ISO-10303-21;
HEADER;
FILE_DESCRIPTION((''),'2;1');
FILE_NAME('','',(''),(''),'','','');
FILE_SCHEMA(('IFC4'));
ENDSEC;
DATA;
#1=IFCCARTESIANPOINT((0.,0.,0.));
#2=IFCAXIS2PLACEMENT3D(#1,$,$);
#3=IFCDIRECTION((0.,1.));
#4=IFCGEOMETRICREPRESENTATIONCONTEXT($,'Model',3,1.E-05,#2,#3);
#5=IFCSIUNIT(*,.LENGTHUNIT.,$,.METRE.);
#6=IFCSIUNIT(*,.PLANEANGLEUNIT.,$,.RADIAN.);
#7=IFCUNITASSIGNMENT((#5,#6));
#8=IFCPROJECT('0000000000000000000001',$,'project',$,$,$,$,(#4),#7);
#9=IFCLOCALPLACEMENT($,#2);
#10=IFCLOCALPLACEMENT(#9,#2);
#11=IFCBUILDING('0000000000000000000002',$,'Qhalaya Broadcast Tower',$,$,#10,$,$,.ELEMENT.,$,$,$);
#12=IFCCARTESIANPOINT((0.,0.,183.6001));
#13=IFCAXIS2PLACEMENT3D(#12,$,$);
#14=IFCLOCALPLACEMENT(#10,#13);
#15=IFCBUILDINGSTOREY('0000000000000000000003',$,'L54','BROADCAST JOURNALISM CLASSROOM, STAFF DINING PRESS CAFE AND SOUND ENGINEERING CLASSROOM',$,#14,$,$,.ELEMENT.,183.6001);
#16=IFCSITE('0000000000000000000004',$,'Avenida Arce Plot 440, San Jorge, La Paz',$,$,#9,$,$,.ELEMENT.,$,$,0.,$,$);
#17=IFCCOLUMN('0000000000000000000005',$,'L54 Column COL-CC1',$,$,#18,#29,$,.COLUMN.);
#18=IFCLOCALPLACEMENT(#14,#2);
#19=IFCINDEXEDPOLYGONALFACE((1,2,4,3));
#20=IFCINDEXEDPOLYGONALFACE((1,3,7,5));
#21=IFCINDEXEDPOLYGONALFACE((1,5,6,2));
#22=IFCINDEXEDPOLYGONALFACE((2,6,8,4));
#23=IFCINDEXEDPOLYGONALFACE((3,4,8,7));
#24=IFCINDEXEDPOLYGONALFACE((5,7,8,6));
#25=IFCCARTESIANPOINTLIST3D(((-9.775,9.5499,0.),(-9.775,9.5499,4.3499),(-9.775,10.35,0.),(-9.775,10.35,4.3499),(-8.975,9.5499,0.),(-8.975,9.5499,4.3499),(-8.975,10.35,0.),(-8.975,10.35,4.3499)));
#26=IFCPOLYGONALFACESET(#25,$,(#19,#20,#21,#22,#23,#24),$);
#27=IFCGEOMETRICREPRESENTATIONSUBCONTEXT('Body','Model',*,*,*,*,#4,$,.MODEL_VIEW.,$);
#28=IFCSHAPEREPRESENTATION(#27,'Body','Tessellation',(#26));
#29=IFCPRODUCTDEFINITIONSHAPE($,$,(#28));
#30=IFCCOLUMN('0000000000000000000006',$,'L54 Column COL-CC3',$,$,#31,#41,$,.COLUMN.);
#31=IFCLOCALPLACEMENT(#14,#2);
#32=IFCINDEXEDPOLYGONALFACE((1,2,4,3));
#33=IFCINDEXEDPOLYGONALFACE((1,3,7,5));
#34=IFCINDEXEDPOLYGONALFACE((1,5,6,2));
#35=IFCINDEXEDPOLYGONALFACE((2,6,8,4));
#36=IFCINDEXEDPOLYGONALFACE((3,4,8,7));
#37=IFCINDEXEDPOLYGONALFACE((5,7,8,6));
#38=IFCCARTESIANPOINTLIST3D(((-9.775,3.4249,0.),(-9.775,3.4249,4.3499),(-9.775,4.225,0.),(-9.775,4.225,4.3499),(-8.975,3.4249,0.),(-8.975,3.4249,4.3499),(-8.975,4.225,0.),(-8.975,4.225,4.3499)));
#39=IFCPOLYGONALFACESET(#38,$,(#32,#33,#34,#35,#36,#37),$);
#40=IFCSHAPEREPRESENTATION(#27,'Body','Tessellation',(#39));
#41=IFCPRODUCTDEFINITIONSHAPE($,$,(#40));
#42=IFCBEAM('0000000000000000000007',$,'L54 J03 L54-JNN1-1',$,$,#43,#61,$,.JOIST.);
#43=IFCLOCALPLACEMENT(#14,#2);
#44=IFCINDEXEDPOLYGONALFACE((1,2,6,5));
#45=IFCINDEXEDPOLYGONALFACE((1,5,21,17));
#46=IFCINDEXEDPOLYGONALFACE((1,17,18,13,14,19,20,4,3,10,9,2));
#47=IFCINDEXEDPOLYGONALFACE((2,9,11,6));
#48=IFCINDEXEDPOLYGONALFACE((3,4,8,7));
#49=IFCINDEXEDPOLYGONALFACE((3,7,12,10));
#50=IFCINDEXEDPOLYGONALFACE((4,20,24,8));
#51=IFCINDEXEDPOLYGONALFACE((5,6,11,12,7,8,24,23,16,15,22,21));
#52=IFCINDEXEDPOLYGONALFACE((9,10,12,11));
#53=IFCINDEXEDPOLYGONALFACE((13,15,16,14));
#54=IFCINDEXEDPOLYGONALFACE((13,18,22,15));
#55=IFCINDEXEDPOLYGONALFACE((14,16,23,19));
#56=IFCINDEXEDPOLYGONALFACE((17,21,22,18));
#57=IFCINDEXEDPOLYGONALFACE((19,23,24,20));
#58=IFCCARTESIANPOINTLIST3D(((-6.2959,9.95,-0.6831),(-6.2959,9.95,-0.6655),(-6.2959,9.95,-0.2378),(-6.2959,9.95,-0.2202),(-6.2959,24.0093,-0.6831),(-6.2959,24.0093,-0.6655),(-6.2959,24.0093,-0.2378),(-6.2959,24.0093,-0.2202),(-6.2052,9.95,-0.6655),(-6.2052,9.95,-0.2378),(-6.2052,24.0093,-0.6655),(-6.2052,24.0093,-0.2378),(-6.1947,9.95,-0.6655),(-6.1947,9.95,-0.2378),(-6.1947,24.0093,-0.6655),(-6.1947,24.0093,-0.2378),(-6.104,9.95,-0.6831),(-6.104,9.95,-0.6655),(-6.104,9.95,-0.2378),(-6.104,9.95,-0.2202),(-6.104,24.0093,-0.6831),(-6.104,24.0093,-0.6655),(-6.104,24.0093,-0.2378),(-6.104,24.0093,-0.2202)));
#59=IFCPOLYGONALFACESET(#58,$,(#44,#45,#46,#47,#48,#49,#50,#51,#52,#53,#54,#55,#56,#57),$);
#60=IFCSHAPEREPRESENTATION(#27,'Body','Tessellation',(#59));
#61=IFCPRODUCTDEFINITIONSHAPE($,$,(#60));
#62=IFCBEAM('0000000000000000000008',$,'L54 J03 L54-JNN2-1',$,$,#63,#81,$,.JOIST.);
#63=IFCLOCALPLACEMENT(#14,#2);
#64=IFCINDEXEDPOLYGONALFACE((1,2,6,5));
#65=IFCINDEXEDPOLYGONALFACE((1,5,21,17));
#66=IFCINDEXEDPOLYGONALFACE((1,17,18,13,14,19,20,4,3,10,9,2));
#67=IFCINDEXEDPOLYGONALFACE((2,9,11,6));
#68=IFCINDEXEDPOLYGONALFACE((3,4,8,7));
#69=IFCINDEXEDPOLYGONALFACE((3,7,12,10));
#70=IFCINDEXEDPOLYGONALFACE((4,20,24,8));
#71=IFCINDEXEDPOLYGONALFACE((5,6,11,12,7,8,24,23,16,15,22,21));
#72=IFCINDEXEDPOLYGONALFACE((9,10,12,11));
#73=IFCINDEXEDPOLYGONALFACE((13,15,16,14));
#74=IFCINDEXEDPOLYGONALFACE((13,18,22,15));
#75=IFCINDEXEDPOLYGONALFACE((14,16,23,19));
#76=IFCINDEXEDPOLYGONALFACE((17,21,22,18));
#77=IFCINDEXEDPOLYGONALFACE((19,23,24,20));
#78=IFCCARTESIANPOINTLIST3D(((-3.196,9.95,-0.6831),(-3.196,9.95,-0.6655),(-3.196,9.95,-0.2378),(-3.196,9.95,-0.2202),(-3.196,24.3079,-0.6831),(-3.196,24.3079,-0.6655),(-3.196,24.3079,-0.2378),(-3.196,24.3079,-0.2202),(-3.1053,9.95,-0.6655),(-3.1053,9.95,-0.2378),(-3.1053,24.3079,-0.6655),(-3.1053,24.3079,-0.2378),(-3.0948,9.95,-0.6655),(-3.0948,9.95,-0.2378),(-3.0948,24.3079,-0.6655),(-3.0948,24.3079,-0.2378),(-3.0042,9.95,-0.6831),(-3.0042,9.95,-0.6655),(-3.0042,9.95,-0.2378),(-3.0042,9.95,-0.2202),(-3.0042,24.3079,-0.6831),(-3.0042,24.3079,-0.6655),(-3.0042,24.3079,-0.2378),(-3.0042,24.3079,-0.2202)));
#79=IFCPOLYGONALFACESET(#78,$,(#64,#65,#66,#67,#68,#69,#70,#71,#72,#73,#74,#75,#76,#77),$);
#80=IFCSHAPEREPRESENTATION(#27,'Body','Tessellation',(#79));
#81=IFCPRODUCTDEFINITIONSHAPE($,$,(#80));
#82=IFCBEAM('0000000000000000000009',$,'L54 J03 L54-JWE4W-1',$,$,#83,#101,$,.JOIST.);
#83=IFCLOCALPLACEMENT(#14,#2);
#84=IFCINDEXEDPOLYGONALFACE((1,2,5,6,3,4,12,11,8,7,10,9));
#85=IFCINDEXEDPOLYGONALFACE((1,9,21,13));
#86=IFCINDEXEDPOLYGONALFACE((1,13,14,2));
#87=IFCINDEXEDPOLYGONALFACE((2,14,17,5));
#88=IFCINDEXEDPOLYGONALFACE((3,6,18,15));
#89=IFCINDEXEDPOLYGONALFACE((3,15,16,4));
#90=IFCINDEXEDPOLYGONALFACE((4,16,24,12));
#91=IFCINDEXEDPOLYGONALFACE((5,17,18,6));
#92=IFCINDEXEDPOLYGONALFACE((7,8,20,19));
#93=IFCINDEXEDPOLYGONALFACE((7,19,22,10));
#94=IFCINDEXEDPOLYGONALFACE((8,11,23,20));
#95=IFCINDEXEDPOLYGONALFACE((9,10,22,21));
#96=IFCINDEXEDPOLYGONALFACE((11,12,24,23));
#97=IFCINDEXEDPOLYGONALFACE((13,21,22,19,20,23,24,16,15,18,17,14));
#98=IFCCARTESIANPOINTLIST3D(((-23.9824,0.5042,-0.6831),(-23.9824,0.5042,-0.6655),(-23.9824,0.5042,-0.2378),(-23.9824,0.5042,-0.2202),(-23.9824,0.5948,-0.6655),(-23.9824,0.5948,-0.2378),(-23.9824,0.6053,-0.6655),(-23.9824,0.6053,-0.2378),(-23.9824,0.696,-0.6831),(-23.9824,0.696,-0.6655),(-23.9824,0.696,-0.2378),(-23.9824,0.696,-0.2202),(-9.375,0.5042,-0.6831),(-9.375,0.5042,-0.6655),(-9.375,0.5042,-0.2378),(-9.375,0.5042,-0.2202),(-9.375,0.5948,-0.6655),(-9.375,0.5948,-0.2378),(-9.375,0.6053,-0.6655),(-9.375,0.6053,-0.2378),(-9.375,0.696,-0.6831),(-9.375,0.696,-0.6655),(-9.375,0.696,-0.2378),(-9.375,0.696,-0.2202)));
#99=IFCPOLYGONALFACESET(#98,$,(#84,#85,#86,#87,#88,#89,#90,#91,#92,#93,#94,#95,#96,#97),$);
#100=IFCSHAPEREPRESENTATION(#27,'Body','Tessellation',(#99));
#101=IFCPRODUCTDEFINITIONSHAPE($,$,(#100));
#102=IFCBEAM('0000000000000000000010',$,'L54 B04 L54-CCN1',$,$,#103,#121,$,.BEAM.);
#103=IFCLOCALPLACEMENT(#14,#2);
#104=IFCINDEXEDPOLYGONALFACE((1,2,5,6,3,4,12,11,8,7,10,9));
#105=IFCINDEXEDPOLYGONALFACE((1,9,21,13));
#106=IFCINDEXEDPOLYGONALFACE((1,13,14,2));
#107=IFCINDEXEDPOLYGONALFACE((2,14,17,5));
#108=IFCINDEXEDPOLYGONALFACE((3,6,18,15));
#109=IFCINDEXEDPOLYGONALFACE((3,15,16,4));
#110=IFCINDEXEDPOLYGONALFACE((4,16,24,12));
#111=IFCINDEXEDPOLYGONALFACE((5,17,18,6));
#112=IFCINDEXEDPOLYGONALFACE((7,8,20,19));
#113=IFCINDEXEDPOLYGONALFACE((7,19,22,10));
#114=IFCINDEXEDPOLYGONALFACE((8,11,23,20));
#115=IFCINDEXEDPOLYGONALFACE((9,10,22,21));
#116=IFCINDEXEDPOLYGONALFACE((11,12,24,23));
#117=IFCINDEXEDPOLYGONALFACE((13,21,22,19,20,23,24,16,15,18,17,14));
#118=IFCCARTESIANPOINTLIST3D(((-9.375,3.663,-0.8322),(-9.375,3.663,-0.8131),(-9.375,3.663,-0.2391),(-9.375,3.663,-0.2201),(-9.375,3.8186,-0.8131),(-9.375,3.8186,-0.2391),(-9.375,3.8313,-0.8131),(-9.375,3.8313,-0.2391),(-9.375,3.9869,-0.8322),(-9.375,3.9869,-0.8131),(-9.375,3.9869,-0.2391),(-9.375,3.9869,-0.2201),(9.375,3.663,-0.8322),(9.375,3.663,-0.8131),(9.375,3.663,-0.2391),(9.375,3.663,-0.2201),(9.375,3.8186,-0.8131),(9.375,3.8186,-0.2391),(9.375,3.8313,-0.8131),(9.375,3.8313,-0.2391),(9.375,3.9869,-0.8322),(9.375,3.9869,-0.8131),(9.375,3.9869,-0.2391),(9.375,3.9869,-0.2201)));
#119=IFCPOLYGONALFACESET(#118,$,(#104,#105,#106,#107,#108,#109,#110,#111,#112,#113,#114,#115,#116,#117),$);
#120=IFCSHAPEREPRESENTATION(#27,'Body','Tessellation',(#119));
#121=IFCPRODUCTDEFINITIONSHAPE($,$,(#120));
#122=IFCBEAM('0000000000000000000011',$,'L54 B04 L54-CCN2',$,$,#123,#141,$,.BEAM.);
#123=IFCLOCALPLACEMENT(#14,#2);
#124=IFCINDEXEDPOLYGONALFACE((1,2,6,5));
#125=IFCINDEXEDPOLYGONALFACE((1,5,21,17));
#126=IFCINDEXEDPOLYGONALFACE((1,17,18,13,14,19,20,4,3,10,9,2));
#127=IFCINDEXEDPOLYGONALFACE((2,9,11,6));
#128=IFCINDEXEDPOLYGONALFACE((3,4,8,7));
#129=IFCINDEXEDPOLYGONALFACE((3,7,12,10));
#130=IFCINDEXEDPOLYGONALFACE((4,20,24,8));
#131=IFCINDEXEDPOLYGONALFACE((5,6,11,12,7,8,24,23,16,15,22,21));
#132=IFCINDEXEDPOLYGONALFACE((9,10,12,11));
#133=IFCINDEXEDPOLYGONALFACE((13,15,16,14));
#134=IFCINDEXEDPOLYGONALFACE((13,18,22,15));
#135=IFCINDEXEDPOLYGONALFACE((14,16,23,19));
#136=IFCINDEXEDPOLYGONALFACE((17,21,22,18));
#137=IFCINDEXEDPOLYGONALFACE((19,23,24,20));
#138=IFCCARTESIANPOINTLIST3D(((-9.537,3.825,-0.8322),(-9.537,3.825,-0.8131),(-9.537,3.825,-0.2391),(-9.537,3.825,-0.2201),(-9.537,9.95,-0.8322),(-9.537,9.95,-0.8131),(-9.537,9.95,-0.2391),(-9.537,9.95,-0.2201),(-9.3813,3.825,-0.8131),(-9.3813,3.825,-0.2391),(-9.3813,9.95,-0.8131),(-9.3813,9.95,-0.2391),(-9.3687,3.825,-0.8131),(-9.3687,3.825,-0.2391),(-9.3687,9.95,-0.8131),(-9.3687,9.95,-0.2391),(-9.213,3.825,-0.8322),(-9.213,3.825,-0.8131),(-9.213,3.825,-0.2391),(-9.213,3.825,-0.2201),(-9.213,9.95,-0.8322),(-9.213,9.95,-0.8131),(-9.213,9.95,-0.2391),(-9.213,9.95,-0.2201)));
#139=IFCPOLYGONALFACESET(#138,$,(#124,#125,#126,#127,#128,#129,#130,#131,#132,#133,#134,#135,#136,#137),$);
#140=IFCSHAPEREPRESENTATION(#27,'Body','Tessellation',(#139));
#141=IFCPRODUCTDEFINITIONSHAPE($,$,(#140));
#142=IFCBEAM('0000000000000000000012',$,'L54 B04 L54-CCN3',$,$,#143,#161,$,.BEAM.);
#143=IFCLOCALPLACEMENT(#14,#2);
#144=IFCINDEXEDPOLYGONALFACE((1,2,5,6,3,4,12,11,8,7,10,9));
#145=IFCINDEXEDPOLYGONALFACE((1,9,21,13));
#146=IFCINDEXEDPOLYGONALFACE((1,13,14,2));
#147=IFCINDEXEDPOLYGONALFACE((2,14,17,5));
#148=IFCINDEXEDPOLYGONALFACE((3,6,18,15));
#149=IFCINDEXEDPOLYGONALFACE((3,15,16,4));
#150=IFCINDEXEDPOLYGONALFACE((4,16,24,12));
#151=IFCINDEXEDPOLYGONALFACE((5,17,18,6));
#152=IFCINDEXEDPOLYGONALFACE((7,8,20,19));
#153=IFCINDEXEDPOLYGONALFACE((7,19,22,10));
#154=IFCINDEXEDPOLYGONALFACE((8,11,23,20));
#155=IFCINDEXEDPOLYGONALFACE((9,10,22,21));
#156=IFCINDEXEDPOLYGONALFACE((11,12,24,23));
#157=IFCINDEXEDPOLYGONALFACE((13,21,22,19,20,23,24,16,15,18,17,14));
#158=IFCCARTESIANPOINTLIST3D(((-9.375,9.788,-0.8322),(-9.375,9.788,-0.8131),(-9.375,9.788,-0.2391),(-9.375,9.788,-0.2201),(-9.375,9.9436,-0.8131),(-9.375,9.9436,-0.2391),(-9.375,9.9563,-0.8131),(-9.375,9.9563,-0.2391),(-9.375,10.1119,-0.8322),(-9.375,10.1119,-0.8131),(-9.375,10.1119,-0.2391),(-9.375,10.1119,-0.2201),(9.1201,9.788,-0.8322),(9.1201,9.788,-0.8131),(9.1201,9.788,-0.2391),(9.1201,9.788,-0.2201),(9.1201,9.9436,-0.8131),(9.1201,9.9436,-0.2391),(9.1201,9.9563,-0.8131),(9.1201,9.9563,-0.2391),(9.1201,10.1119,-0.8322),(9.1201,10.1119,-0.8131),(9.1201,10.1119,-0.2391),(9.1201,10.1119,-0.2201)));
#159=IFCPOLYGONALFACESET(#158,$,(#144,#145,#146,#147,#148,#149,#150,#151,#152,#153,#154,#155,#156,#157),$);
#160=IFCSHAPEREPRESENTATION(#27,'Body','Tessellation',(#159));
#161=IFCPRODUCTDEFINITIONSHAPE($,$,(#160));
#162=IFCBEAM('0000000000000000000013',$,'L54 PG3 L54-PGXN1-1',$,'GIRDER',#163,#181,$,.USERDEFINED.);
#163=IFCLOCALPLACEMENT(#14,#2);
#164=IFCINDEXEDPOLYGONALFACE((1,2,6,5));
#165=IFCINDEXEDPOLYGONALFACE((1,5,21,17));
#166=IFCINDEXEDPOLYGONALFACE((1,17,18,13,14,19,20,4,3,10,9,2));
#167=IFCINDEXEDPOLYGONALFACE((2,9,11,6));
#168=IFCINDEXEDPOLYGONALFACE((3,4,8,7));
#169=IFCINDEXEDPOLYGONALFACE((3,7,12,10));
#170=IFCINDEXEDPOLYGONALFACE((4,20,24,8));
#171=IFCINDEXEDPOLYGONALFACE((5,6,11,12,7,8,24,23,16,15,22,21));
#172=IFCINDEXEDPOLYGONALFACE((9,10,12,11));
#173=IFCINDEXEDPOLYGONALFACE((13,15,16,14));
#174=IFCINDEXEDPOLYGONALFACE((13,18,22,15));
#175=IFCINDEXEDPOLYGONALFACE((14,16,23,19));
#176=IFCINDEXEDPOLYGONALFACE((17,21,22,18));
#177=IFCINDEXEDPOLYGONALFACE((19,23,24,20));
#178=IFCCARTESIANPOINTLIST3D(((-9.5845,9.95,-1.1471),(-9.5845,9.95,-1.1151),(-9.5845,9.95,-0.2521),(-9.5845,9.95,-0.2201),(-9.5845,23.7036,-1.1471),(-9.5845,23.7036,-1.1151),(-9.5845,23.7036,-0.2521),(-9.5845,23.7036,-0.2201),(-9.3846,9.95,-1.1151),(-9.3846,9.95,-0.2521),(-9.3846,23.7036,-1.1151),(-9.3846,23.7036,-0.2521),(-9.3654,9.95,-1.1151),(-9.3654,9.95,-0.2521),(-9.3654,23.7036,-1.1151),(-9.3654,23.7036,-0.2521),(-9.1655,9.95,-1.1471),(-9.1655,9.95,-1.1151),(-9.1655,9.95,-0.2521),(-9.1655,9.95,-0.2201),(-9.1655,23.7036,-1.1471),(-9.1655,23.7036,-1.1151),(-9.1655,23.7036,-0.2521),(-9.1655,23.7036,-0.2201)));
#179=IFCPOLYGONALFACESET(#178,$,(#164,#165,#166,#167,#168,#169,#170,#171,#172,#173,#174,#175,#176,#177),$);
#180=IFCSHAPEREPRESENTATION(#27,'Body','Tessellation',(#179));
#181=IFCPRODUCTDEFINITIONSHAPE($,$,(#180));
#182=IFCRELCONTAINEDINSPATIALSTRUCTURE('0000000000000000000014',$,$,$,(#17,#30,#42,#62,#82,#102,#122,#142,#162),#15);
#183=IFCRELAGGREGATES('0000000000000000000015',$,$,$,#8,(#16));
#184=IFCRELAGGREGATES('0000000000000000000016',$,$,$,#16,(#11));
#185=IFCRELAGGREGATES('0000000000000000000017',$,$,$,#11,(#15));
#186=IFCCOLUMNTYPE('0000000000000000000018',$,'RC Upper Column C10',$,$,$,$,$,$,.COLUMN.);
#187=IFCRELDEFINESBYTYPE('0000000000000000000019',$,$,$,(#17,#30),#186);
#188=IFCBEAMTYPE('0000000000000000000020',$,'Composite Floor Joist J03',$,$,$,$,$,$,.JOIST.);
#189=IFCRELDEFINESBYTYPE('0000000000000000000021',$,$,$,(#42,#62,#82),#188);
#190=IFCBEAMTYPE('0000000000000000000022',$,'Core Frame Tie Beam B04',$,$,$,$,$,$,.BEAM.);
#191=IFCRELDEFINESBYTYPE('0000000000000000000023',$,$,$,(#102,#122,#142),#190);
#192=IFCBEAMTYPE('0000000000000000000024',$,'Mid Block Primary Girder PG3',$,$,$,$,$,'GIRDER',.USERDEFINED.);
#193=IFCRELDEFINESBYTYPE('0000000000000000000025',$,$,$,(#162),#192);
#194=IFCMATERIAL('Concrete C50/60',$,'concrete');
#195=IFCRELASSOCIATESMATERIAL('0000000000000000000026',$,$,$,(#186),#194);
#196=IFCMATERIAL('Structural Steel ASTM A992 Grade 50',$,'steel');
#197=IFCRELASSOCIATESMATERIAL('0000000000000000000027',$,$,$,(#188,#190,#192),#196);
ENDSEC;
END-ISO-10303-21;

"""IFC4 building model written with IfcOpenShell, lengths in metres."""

from ifc_helpers import new_model, si_unit, direction, frame, origin, origin_2d, place, context, subcontext, project, spatial, rectangle, i_section, extrude, material, material_profile, profile_set, type_object, element, save


model = new_model("IFC4")

# Units and contexts
model_context = context("Model", 3, precision=1e-05, world=origin(), true_north=direction((0.0, 1.0)))
body_context = subcontext(model_context, "Body", "Model", "MODEL_VIEW")
ifc_project = project(units=[si_unit("LENGTHUNIT", "METRE"), si_unit("PLANEANGLEUNIT", "RADIAN")], contexts=[model_context])

# Site, building, storey
site_placement = place(None, origin())
site = spatial("IfcSite", under=ifc_project, at=site_placement, Name="Avenida Arce Plot 440, San Jorge, La Paz", CompositionType="ELEMENT", RefElevation=0.0)
building_placement = place(site_placement, origin())
building = spatial("IfcBuilding", under=site, at=building_placement, Name="Qhalaya Broadcast Tower", CompositionType="ELEMENT")
storey_placement = place(building_placement, frame((0.0, 0.0, 183.6001)))
storey = spatial("IfcBuildingStorey", under=building, at=storey_placement, Name="L54", Description="BROADCAST JOURNALISM CLASSROOM, STAFF DINING PRESS CAFE AND SOUND ENGINEERING CLASSROOM", CompositionType="ELEMENT", Elevation=183.6001)

# Columns
ifc_material_1 = material(Name="Concrete C50/60", Category="concrete")
ifc_material_profile_1 = material_profile(ifc_material_1, rectangle(XDim=0.8, YDim=0.8, at=origin_2d()), Name="RC-COL 800x800")
ifc_profile_set_1 = profile_set([ifc_material_profile_1], Name="Concrete C50/60")
column_type = type_object("IfcColumnType", Name="RC Upper Column C10", PredefinedType="COLUMN", material=ifc_profile_set_1)
for number, where, z_axis, x_axis, name in (
    (1, (-9.375, 9.95, 0.0), (0.0, 0.0, 1.0), (1.0, 0.0, 0.0), "L54 Column COL-CC1"),
    (2, (-9.375, 3.825, 0.0), (0.0, 0.0, 1.0), (1.0, 0.0, 0.0), "L54 Column COL-CC3"),
):
    element("IfcColumn", number, at=place(storey_placement, frame(where, z_axis=z_axis, x_axis=x_axis)), inside=storey, type_object=column_type, Name=name, PredefinedType="COLUMN", context=body_context, shape_type="SweptSolid", body=[
        extrude(rectangle(XDim=0.8, YDim=0.8, at=origin_2d()), origin(), (0.0, 0.0, 1.0), 4.3499),
    ])

# Beams
ifc_material_2 = material(Name="Structural Steel ASTM A992 Grade 50", Category="steel")
ifc_material_profile_2 = material_profile(ifc_material_2, i_section(OverallWidth=0.1919, OverallDepth=0.4629, WebThickness=0.0105, FlangeThickness=0.0176, at=origin_2d()), Name="W18X60")
ifc_profile_set_2 = profile_set([ifc_material_profile_2], Name="Structural Steel ASTM A992 Grade 50")
beam_type_1 = type_object("IfcBeamType", Name="Composite Floor Joist J03", PredefinedType="JOIST", material=ifc_profile_set_2)
beam_1_placement = place(storey_placement, frame((-6.2, 9.95, -0.4517), z_axis=(0.0, 1.0, 0.0), x_axis=(-1.0, 0.0, 0.0)))
element("IfcBeam", 3, at=beam_1_placement, inside=storey, type_object=beam_type_1, Name="L54 J03 L54-JNN1-1", PredefinedType="JOIST", context=body_context, shape_type="SweptSolid", body=[
    extrude(i_section(OverallWidth=0.1919, OverallDepth=0.4629, WebThickness=0.0105, FlangeThickness=0.0176, at=origin_2d()), origin(), (0.0, 0.0, 1.0), 14.0593),
])
beam_2_placement = place(storey_placement, frame((-3.1001, 9.95, -0.4517), z_axis=(0.0, 1.0, 0.0), x_axis=(-1.0, 0.0, 0.0)))
element("IfcBeam", 4, at=beam_2_placement, inside=storey, type_object=beam_type_1, Name="L54 J03 L54-JNN2-1", PredefinedType="JOIST", context=body_context, shape_type="SweptSolid", body=[
    extrude(i_section(OverallWidth=0.1919, OverallDepth=0.4629, WebThickness=0.0105, FlangeThickness=0.0176, at=origin_2d()), origin(), (0.0, 0.0, 1.0), 14.3579),
])
beam_3_placement = place(storey_placement, frame((-23.9824, 0.6001, -0.4517), z_axis=(1.0, 0.0, 0.0), x_axis=(0.0, 1.0, 0.0)))
element("IfcBeam", 5, at=beam_3_placement, inside=storey, type_object=beam_type_1, Name="L54 J03 L54-JWE4W-1", PredefinedType="JOIST", context=body_context, shape_type="SweptSolid", body=[
    extrude(i_section(OverallWidth=0.1919, OverallDepth=0.4629, WebThickness=0.0105, FlangeThickness=0.0176, at=origin_2d()), origin(), (0.0, 0.0, 1.0), 14.6074),
])
ifc_material_profile_3 = material_profile(ifc_material_2, i_section(OverallWidth=0.324, OverallDepth=0.6121, WebThickness=0.0127, FlangeThickness=0.019, at=origin_2d()), Name="W24X104")
ifc_profile_set_3 = profile_set([ifc_material_profile_3], Name="Structural Steel ASTM A992 Grade 50")
beam_type_2 = type_object("IfcBeamType", Name="Core Frame Tie Beam B04", PredefinedType="BEAM", material=ifc_profile_set_3)
beam_4_placement = place(storey_placement, frame((-9.375, 3.825, -0.5261), z_axis=(1.0, 0.0, 0.0), x_axis=(0.0, 1.0, 0.0)))
element("IfcBeam", 6, at=beam_4_placement, inside=storey, type_object=beam_type_2, Name="L54 B04 L54-CCN1", PredefinedType="BEAM", context=body_context, shape_type="SweptSolid", body=[
    extrude(i_section(OverallWidth=0.324, OverallDepth=0.6121, WebThickness=0.0127, FlangeThickness=0.019, at=origin_2d()), origin(), (0.0, 0.0, 1.0), 18.75),
])
beam_5_placement = place(storey_placement, frame((-9.375, 3.825, -0.5261), z_axis=(0.0, 1.0, 0.0), x_axis=(-1.0, 0.0, 0.0)))
element("IfcBeam", 7, at=beam_5_placement, inside=storey, type_object=beam_type_2, Name="L54 B04 L54-CCN2", PredefinedType="BEAM", context=body_context, shape_type="SweptSolid", body=[
    extrude(i_section(OverallWidth=0.324, OverallDepth=0.6121, WebThickness=0.0127, FlangeThickness=0.019, at=origin_2d()), origin(), (0.0, 0.0, 1.0), 6.125),
])
beam_6_placement = place(storey_placement, frame((-9.375, 9.95, -0.5261), z_axis=(1.0, 0.0, 0.0), x_axis=(0.0, 1.0, 0.0)))
element("IfcBeam", 8, at=beam_6_placement, inside=storey, type_object=beam_type_2, Name="L54 B04 L54-CCN3", PredefinedType="BEAM", context=body_context, shape_type="SweptSolid", body=[
    extrude(i_section(OverallWidth=0.324, OverallDepth=0.6121, WebThickness=0.0127, FlangeThickness=0.019, at=origin_2d()), origin(), (0.0, 0.0, 1.0), 18.4951),
])
ifc_material_profile_4 = material_profile(ifc_material_2, i_section(OverallWidth=0.4189, OverallDepth=0.927, WebThickness=0.0193, FlangeThickness=0.032, at=origin_2d()), Name="W36X231")
ifc_profile_set_4 = profile_set([ifc_material_profile_4], Name="Structural Steel ASTM A992 Grade 50")
beam_type_3 = type_object("IfcBeamType", Name="Mid Block Primary Girder PG3", ElementType="GIRDER", PredefinedType="USERDEFINED", material=ifc_profile_set_4)
beam_7_placement = place(storey_placement, frame((-9.375, 9.95, -0.6836), z_axis=(0.0, 1.0, 0.0), x_axis=(-1.0, 0.0, 0.0)))
element("IfcBeam", 9, at=beam_7_placement, inside=storey, type_object=beam_type_3, Name="L54 PG3 L54-PGXN1-1", ObjectType="GIRDER", PredefinedType="USERDEFINED", context=body_context, shape_type="SweptSolid", body=[
    extrude(i_section(OverallWidth=0.4189, OverallDepth=0.927, WebThickness=0.0193, FlangeThickness=0.032, at=origin_2d()), origin(), (0.0, 0.0, 1.0), 13.7537),
])

save(model, "model.ifc")
